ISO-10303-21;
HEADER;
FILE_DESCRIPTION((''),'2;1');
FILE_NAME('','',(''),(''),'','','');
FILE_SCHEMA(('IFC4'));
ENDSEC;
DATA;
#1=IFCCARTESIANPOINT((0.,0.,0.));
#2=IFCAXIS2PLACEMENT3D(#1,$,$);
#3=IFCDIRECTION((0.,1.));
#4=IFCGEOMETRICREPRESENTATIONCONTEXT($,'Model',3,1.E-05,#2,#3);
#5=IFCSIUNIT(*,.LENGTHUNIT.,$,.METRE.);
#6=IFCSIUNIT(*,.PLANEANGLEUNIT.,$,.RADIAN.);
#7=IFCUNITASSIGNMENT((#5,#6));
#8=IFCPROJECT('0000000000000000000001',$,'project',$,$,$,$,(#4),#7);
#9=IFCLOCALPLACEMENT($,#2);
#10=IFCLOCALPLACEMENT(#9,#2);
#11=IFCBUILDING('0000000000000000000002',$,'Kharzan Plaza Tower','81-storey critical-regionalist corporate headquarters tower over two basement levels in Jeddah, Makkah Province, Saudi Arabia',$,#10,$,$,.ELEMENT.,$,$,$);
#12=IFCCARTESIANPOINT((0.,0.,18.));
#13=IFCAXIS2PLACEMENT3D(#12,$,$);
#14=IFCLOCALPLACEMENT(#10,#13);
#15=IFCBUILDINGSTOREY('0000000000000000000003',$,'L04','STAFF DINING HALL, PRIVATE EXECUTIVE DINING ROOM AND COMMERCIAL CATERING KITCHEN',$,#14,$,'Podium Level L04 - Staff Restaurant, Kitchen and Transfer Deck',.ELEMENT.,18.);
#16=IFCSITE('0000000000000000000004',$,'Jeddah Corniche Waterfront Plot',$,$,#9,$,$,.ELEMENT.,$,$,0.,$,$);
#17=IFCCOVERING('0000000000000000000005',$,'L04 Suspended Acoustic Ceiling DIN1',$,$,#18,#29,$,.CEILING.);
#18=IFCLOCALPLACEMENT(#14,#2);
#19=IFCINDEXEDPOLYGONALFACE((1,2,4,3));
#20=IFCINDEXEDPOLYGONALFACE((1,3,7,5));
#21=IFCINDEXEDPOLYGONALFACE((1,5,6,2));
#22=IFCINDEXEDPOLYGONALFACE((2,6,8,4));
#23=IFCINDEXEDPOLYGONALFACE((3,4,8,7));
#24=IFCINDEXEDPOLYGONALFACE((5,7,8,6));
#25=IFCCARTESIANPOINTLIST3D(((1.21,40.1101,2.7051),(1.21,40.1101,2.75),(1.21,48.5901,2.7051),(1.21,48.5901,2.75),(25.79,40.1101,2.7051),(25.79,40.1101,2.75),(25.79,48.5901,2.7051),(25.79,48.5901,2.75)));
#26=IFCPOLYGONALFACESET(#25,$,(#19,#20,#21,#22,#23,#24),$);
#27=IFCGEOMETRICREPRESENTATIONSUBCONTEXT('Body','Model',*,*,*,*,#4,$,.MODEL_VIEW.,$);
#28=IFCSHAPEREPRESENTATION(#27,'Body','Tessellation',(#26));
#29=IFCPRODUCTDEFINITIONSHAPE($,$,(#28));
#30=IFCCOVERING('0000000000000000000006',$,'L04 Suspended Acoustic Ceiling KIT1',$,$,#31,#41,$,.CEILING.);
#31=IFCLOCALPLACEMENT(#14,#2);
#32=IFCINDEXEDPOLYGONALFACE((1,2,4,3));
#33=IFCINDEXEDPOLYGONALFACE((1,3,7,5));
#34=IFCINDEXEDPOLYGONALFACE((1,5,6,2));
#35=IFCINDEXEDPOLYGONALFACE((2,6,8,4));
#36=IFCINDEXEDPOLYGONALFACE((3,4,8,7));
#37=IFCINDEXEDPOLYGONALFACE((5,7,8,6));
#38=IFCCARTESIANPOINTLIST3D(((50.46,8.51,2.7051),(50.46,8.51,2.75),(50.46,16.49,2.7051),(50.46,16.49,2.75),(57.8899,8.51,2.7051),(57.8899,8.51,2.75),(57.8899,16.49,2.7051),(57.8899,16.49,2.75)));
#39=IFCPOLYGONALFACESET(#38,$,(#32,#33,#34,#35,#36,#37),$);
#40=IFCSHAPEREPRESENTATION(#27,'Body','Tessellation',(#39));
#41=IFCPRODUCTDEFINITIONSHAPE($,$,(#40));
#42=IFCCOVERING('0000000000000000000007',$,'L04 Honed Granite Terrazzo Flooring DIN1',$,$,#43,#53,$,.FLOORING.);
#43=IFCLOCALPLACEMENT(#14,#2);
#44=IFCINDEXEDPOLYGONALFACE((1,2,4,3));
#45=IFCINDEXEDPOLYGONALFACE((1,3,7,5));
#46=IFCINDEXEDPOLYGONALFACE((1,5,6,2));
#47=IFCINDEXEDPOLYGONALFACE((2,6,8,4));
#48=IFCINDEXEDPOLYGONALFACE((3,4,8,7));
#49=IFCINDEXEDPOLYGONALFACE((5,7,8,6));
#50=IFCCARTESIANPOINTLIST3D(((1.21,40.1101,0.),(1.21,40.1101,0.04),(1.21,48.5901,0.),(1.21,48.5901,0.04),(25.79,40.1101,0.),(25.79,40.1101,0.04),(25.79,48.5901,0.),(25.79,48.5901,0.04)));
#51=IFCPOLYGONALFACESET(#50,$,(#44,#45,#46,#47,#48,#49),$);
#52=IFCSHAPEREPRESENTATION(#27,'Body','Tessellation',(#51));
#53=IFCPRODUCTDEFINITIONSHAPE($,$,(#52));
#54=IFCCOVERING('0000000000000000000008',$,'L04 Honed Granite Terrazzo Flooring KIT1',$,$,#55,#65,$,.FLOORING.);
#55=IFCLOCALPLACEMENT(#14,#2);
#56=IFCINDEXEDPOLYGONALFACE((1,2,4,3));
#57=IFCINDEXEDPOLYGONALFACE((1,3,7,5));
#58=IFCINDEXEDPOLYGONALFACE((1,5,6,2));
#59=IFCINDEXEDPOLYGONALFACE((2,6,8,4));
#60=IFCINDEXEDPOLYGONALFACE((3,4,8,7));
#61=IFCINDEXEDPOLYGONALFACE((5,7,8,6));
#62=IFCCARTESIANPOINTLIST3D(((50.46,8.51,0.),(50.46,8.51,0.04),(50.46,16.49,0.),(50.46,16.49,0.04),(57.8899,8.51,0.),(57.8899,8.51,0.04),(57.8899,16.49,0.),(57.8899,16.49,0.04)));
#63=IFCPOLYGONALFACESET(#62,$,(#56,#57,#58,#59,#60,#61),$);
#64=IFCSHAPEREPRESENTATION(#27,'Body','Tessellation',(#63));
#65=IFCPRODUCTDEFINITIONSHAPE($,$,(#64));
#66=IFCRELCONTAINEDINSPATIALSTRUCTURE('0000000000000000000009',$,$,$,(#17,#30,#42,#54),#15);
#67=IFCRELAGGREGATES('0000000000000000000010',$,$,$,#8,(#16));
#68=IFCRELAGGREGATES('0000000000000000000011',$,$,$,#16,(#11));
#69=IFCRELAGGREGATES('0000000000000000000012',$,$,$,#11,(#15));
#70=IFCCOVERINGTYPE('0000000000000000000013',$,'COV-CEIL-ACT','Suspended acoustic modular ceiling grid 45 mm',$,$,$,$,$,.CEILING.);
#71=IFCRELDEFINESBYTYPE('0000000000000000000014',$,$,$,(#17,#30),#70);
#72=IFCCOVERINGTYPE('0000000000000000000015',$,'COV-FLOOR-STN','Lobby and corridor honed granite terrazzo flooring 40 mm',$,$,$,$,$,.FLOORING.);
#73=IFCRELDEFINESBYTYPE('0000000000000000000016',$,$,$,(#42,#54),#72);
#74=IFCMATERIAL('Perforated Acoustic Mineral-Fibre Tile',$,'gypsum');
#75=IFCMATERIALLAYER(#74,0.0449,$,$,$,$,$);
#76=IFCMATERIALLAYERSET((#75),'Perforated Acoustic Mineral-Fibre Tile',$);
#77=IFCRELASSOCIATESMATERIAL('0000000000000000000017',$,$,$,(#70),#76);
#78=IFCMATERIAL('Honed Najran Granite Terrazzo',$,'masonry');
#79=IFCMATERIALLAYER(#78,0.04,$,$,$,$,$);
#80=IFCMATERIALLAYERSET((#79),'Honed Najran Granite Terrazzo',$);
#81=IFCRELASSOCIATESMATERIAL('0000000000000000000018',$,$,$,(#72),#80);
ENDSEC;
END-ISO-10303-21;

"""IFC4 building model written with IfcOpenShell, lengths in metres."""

from ifc_helpers import new_model, si_unit, direction, frame, origin, place, context, subcontext, project, spatial, polyline, outline, extrude, material, layer, layer_set, type_object, element, save


model = new_model("IFC4")

# Units and contexts
model_context = context("Model", 3, precision=1e-05, world=origin(), true_north=direction((0.0, 1.0)))
body_context = subcontext(model_context, "Body", "Model", "MODEL_VIEW")
ifc_project = project(units=[si_unit("LENGTHUNIT", "METRE"), si_unit("PLANEANGLEUNIT", "RADIAN")], contexts=[model_context])

# Site, building, storey
site_placement = place(None, origin())
site = spatial("IfcSite", under=ifc_project, at=site_placement, Name="Jeddah Corniche Waterfront Plot", CompositionType="ELEMENT", RefElevation=0.0)
building_placement = place(site_placement, origin())
building = spatial("IfcBuilding", under=site, at=building_placement, Name="Kharzan Plaza Tower", Description="81-storey critical-regionalist corporate headquarters tower over two basement levels in Jeddah, Makkah Province, Saudi Arabia", CompositionType="ELEMENT")
storey_placement = place(building_placement, frame((0.0, 0.0, 18.0)))
storey = spatial("IfcBuildingStorey", under=building, at=storey_placement, Name="L04", Description="STAFF DINING HALL, PRIVATE EXECUTIVE DINING ROOM AND COMMERCIAL CATERING KITCHEN", LongName="Podium Level L04 - Staff Restaurant, Kitchen and Transfer Deck", CompositionType="ELEMENT", Elevation=18.0)

# Coverings
ifc_material_1 = material(Name="Perforated Acoustic Mineral-Fibre Tile", Category="gypsum")
ifc_layer_1 = layer(ifc_material_1, 0.0449)
ifc_layer_set_1 = layer_set([ifc_layer_1], Name="Perforated Acoustic Mineral-Fibre Tile")
covering_type_1 = type_object("IfcCoveringType", Name="COV-CEIL-ACT", Description="Suspended acoustic modular ceiling grid 45 mm", PredefinedType="CEILING", material=ifc_layer_set_1)
covering_1_placement = place(storey_placement, frame((0.0, 0.0, 2.7051)))
element("IfcCovering", 1, at=covering_1_placement, inside=storey, type_object=covering_type_1, Name="L04 Suspended Acoustic Ceiling DIN1", PredefinedType="CEILING", context=body_context, shape_type="SweptSolid", body=[
    extrude(outline(polyline([(1.21, 40.1101), (25.79, 40.1101), (25.79, 48.5901), (1.21, 48.5901), (1.21, 40.1101)])), origin(), (0.0, 0.0, 1.0), 0.0449),
])
covering_2_placement = place(storey_placement, frame((0.0, 0.0, 2.7051)))
element("IfcCovering", 2, at=covering_2_placement, inside=storey, type_object=covering_type_1, Name="L04 Suspended Acoustic Ceiling KIT1", PredefinedType="CEILING", context=body_context, shape_type="SweptSolid", body=[
    extrude(outline(polyline([(50.46, 8.51), (57.8899, 8.51), (57.8899, 16.49), (50.46, 16.49), (50.46, 8.51)])), origin(), (0.0, 0.0, 1.0), 0.0449),
])
ifc_material_2 = material(Name="Honed Najran Granite Terrazzo", Category="masonry")
ifc_layer_2 = layer(ifc_material_2, 0.04)
ifc_layer_set_2 = layer_set([ifc_layer_2], Name="Honed Najran Granite Terrazzo")
covering_type_2 = type_object("IfcCoveringType", Name="COV-FLOOR-STN", Description="Lobby and corridor honed granite terrazzo flooring 40 mm", PredefinedType="FLOORING", material=ifc_layer_set_2)
covering_3_placement = place(storey_placement, origin())
element("IfcCovering", 3, at=covering_3_placement, inside=storey, type_object=covering_type_2, Name="L04 Honed Granite Terrazzo Flooring DIN1", PredefinedType="FLOORING", context=body_context, shape_type="SweptSolid", body=[
    extrude(outline(polyline([(1.21, 40.1101), (25.79, 40.1101), (25.79, 48.5901), (1.21, 48.5901), (1.21, 40.1101)])), origin(), (0.0, 0.0, 1.0), 0.04),
])
covering_4_placement = place(storey_placement, origin())
element("IfcCovering", 4, at=covering_4_placement, inside=storey, type_object=covering_type_2, Name="L04 Honed Granite Terrazzo Flooring KIT1", PredefinedType="FLOORING", context=body_context, shape_type="SweptSolid", body=[
    extrude(outline(polyline([(50.46, 8.51), (57.8899, 8.51), (57.8899, 16.49), (50.46, 16.49), (50.46, 8.51)])), origin(), (0.0, 0.0, 1.0), 0.04),
])

save(model, "model.ifc")
